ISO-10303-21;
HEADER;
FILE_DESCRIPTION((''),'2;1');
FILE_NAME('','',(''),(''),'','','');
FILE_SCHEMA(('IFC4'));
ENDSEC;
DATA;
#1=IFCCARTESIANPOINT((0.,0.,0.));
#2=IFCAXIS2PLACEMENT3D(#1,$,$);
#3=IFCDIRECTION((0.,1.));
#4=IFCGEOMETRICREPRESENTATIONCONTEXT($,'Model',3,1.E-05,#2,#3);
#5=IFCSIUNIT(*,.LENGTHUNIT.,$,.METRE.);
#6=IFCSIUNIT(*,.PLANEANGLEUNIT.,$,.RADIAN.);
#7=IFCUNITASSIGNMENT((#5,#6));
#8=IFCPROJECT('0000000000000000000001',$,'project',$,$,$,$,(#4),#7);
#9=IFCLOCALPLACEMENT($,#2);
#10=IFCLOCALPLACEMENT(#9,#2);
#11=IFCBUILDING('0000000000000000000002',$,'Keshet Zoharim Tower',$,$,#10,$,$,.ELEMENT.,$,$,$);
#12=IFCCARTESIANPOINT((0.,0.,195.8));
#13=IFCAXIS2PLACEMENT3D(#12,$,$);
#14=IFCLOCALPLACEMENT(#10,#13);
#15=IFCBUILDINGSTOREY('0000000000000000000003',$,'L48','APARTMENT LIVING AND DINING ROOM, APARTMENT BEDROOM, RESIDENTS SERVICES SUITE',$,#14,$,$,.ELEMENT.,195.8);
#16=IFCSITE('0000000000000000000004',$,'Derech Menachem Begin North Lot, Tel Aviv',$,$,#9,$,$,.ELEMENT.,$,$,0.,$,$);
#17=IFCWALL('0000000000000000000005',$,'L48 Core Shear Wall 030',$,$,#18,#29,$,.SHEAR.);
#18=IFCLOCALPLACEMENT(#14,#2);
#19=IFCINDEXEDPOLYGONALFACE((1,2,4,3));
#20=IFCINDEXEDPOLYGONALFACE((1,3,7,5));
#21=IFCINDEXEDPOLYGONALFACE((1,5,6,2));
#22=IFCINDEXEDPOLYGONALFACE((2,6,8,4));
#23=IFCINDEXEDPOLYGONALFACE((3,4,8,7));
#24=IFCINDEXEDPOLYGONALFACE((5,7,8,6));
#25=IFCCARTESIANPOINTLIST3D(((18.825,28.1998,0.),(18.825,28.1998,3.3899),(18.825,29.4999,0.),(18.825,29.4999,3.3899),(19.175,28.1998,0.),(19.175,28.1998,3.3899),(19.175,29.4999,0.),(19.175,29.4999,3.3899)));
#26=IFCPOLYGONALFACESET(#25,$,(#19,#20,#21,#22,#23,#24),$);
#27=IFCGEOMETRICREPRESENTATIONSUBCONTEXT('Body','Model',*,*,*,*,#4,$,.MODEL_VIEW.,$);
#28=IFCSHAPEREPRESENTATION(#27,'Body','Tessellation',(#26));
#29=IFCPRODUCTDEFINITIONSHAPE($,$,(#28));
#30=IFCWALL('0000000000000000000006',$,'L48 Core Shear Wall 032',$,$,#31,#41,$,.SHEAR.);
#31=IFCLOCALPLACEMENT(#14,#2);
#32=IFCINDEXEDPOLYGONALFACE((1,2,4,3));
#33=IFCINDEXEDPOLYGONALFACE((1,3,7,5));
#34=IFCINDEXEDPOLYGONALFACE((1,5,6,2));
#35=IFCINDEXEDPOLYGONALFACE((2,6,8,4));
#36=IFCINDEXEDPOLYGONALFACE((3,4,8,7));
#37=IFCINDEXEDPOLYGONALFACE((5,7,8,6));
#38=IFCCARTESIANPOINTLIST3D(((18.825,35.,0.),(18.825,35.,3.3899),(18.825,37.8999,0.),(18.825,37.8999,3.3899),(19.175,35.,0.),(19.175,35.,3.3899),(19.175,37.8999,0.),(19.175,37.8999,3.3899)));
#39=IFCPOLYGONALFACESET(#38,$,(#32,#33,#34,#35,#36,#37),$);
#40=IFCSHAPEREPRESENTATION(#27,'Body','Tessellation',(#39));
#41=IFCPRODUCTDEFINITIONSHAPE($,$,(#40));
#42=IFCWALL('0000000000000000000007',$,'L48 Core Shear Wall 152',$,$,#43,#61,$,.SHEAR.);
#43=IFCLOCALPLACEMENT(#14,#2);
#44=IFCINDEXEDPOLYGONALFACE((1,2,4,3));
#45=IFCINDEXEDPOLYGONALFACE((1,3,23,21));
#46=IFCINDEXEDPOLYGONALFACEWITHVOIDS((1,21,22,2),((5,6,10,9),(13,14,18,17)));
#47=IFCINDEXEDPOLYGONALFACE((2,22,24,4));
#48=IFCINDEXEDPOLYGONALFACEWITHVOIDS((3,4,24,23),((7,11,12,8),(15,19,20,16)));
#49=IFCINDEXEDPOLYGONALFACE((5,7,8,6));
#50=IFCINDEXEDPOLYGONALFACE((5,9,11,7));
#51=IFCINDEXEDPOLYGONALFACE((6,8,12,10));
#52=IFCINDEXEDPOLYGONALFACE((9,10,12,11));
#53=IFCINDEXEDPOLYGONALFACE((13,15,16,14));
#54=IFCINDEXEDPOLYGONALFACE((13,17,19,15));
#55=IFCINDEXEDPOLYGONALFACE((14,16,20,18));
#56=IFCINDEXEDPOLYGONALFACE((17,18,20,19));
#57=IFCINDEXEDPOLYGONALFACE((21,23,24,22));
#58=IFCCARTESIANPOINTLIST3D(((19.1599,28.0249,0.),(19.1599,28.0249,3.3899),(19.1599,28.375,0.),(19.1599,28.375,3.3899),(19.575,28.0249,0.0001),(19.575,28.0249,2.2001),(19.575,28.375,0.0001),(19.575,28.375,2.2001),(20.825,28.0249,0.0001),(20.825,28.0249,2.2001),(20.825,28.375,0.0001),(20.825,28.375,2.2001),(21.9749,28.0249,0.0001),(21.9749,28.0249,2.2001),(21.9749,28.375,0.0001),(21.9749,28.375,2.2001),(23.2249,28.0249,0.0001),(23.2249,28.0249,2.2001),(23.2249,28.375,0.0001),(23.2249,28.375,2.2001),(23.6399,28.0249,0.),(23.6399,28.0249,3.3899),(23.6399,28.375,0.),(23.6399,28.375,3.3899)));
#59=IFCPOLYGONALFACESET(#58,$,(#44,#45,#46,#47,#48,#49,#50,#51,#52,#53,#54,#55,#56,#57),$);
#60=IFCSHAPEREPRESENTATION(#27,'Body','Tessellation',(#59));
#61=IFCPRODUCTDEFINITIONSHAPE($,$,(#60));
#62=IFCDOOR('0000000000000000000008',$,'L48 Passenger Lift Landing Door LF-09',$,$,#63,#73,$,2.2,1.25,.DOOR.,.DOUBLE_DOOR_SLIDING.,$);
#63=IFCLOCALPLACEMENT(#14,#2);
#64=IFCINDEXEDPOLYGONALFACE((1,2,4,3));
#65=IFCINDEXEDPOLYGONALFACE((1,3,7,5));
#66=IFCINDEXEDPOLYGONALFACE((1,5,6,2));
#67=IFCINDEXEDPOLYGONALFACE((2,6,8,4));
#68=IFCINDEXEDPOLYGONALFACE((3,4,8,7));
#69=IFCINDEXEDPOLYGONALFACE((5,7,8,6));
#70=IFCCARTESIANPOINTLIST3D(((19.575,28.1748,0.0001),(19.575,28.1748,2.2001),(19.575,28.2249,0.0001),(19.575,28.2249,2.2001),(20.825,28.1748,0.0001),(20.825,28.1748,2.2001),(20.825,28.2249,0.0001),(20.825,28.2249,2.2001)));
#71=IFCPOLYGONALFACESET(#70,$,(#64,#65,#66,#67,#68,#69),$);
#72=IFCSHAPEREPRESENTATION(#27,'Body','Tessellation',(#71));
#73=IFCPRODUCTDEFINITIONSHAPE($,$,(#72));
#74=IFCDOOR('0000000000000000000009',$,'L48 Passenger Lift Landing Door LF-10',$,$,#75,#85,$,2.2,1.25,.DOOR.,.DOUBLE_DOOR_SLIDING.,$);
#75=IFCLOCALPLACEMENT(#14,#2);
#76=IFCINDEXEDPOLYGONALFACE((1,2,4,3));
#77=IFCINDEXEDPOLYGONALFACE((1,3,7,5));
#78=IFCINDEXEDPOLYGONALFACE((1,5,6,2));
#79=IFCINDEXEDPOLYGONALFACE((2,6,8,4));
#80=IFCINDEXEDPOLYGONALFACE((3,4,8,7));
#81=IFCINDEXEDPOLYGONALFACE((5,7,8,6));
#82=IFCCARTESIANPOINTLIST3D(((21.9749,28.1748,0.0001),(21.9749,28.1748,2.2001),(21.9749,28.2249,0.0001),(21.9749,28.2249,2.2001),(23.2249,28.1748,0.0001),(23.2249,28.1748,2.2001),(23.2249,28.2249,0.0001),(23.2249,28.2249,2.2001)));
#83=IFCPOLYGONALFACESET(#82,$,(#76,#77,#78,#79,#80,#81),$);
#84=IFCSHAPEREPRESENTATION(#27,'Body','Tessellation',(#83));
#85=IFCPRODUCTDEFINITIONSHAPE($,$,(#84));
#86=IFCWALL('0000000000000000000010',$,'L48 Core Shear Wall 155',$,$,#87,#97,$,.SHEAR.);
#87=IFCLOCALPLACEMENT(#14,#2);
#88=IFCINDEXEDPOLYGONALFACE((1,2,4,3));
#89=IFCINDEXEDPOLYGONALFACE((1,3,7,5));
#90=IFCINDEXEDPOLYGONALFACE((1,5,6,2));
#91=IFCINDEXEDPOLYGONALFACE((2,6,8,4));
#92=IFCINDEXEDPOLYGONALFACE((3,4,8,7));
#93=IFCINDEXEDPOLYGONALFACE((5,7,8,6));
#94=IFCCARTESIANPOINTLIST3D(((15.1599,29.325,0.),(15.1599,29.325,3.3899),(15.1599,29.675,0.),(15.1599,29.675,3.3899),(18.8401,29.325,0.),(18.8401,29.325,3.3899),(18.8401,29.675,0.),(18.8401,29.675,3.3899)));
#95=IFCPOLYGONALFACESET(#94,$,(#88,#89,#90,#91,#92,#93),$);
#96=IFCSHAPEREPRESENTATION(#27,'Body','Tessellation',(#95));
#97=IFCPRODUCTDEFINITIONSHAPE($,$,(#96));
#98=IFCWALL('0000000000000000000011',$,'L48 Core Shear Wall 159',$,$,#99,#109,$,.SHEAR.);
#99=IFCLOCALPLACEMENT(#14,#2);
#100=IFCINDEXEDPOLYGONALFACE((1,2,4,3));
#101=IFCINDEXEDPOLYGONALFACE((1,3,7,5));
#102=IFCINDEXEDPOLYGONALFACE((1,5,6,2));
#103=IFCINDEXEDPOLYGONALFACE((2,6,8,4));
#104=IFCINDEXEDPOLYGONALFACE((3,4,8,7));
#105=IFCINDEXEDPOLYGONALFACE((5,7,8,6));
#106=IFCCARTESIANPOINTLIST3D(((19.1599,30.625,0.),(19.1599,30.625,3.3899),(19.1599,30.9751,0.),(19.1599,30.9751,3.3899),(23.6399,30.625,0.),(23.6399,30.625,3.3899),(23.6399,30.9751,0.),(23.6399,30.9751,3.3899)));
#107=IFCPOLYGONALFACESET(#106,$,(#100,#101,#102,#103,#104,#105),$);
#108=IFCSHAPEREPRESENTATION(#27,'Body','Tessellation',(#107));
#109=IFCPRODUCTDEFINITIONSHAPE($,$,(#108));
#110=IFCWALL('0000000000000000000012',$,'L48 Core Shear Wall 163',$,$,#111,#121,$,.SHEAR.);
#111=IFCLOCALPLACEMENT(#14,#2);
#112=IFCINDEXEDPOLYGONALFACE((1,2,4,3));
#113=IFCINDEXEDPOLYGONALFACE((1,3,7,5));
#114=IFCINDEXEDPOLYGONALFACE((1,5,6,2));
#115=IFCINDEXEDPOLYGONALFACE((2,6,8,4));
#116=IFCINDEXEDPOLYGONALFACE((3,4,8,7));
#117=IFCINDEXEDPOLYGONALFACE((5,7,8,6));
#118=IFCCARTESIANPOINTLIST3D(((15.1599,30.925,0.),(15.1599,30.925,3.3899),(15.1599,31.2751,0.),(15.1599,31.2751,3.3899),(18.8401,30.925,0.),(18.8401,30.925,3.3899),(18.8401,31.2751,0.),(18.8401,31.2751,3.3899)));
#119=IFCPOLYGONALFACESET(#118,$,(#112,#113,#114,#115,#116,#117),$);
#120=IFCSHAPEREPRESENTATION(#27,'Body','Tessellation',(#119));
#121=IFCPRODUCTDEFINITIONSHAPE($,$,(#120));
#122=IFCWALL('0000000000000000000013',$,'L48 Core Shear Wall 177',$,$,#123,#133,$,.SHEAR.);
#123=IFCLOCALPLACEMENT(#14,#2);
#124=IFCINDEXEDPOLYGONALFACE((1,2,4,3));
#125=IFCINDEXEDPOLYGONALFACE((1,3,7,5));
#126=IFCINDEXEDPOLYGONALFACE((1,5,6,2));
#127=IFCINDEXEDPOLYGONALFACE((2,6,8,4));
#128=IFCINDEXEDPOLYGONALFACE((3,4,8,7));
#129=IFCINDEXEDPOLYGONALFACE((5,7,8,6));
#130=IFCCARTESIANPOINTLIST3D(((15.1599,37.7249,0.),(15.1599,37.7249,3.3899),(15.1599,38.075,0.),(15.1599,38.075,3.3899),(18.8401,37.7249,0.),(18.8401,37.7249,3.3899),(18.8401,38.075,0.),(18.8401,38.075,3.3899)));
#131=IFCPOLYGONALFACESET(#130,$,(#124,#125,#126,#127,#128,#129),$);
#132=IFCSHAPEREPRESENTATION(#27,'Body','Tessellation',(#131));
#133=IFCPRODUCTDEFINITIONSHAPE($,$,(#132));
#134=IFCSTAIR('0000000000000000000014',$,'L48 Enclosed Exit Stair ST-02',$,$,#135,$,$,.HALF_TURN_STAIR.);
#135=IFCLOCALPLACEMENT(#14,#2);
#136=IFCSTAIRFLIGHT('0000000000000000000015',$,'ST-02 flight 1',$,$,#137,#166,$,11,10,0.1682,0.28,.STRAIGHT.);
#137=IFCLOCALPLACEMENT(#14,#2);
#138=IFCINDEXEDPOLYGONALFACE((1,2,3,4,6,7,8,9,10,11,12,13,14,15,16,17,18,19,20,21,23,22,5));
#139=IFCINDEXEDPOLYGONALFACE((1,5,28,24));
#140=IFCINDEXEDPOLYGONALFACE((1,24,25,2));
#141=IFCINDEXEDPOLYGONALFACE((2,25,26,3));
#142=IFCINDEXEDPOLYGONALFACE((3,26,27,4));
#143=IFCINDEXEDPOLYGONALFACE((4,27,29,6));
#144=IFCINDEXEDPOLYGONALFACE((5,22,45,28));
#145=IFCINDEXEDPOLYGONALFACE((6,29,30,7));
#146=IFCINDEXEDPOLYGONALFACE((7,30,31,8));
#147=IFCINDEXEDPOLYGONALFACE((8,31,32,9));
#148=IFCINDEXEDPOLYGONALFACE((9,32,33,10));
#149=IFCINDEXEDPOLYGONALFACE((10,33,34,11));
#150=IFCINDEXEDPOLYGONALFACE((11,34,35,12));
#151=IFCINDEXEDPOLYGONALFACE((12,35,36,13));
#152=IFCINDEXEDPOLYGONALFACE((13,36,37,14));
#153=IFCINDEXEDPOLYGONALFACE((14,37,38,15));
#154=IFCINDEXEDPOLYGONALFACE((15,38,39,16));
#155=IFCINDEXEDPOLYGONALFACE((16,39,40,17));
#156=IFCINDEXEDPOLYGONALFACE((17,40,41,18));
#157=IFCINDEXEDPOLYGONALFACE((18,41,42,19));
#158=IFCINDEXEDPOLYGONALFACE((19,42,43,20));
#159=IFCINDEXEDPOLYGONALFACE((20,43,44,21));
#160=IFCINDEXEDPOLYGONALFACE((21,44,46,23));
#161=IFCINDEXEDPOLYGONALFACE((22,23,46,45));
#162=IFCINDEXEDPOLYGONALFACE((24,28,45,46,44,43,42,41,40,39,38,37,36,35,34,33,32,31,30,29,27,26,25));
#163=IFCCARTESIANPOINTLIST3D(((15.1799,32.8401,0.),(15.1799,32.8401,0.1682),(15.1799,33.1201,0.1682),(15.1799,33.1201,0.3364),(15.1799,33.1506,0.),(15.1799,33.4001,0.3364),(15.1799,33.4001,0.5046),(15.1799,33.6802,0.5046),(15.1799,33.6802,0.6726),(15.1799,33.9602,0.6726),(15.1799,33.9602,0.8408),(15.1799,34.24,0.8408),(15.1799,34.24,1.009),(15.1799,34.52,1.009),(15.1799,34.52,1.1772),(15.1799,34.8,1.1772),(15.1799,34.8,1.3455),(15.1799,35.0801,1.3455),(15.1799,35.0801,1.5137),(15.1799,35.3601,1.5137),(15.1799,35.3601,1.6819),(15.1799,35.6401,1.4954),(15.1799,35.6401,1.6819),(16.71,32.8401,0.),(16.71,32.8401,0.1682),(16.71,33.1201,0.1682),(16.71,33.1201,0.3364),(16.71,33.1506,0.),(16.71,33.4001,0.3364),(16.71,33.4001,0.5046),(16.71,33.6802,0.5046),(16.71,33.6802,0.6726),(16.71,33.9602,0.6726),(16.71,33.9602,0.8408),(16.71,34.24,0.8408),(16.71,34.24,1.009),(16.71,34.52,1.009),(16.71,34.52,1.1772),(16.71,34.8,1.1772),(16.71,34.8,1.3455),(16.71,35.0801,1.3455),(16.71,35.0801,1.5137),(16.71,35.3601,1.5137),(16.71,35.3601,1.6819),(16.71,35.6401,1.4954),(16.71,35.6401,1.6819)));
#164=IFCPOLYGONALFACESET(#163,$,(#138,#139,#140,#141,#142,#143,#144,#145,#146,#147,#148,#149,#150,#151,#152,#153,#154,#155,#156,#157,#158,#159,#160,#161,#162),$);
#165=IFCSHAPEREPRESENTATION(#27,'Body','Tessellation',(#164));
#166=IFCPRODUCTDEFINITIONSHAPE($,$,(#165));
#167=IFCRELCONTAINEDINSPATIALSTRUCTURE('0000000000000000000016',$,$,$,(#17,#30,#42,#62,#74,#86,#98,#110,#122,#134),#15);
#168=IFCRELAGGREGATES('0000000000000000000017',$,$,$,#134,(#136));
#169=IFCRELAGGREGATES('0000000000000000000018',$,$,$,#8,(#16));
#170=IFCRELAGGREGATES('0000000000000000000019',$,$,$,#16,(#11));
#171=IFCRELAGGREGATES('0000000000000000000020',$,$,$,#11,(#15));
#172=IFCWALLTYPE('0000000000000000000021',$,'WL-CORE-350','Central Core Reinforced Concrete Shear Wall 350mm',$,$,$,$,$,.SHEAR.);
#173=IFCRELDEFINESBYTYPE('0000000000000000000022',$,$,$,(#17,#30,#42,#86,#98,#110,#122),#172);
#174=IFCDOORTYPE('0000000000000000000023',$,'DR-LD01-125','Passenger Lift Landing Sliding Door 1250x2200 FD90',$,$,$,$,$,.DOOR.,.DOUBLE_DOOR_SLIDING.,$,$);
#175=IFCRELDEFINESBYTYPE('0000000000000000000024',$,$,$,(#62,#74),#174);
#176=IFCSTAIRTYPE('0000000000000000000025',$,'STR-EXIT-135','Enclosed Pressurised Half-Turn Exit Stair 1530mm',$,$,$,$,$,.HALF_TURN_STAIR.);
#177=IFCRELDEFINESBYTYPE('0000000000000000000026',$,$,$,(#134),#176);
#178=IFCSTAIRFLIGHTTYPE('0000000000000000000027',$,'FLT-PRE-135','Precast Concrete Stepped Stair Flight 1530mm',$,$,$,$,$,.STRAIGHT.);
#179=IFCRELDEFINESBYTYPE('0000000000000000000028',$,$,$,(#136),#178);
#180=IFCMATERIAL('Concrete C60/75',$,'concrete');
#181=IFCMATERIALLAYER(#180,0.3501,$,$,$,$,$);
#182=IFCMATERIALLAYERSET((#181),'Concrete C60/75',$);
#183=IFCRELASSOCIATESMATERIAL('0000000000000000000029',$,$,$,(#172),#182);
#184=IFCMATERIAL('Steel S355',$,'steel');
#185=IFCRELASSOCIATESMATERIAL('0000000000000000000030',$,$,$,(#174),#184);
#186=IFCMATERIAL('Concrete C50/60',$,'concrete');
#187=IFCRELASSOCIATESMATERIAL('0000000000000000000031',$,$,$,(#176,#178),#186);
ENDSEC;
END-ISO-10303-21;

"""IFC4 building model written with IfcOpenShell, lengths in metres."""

from ifc_helpers import new_model, si_unit, direction, frame, frame_2d, origin, place, context, subcontext, project, spatial, polyline, rectangle, outline, extrude, material, layer, layer_set, type_object, element, fill, aggregate, save


model = new_model("IFC4")

# Units and contexts
model_context = context("Model", 3, precision=1e-05, world=origin(), true_north=direction((0.0, 1.0)))
body_context = subcontext(model_context, "Body", "Model", "MODEL_VIEW")
ifc_project = project(units=[si_unit("LENGTHUNIT", "METRE"), si_unit("PLANEANGLEUNIT", "RADIAN")], contexts=[model_context])

# Site, building, storey
site_placement = place(None, origin())
site = spatial("IfcSite", under=ifc_project, at=site_placement, Name="Derech Menachem Begin North Lot, Tel Aviv", CompositionType="ELEMENT", RefElevation=0.0)
building_placement = place(site_placement, origin())
building = spatial("IfcBuilding", under=site, at=building_placement, Name="Keshet Zoharim Tower", CompositionType="ELEMENT")
storey_placement = place(building_placement, frame((0.0, 0.0, 195.8)))
storey = spatial("IfcBuildingStorey", under=building, at=storey_placement, Name="L48", Description="APARTMENT LIVING AND DINING ROOM, APARTMENT BEDROOM, RESIDENTS SERVICES SUITE", CompositionType="ELEMENT", Elevation=195.8)

# Wall
ifc_material_1 = material(Name="Concrete C60/75", Category="concrete")
ifc_layer_1 = layer(ifc_material_1, 0.3501)
ifc_layer_set_1 = layer_set([ifc_layer_1], Name="Concrete C60/75")
wall_type = type_object("IfcWallType", Name="WL-CORE-350", Description="Central Core Reinforced Concrete Shear Wall 350mm", PredefinedType="SHEAR", material=ifc_layer_set_1)
wall_1_placement = place(storey_placement, frame((19.0, 28.2, 0.0), z_axis=(0.0, 0.0, 1.0), x_axis=(0.0, 1.0, 0.0)))
element("IfcWall", 1, at=wall_1_placement, inside=storey, type_object=wall_type, Name="L48 Core Shear Wall 030", PredefinedType="SHEAR", context=body_context, shape_type="SweptSolid", body=[
    extrude(rectangle(XDim=1.3, YDim=0.3501, at=frame_2d((0.6499, 0.0))), origin(), (0.0, 0.0, 1.0), 3.3899),
])

# Wall
wall_2_placement = place(storey_placement, frame((19.0, 35.0, 0.0), z_axis=(0.0, 0.0, 1.0), x_axis=(0.0, 1.0, 0.0)))
element("IfcWall", 2, at=wall_2_placement, inside=storey, type_object=wall_type, Name="L48 Core Shear Wall 032", PredefinedType="SHEAR", context=body_context, shape_type="SweptSolid", body=[
    extrude(rectangle(XDim=2.8999, YDim=0.3501, at=frame_2d((1.45, 0.0))), origin(), (0.0, 0.0, 1.0), 3.3899),
])

# Wall, openings, doors
wall_3_placement = place(storey_placement, frame((19.1599, 28.2, 0.0), z_axis=(0.0, 0.0, 1.0), x_axis=(1.0, 0.0, 0.0)))
wall_3 = element("IfcWall", 3, at=wall_3_placement, inside=storey, type_object=wall_type, Name="L48 Core Shear Wall 152", PredefinedType="SHEAR", context=body_context, shape_type="SweptSolid", body=[
    extrude(rectangle(XDim=4.48, YDim=0.3501, at=frame_2d((2.24, 0.0))), origin(), (0.0, 0.0, 1.0), 3.3899),
])
opening_1_placement = place(wall_3_placement, frame((0.415, 0.0, 0.0)))
opening_1 = element("IfcOpeningElement", 4, at=opening_1_placement, cuts=wall_3, PredefinedType="OPENING", context=body_context, shape_type="SweptSolid", body=[
    extrude(rectangle(XDim=1.25, YDim=2.2, at=frame_2d((0.625, 1.1001))), frame((0.0, 0.1851, 0.0), z_axis=(0.0, -1.0, 0.0), x_axis=(1.0, 0.0, 0.0)), (0.0, 0.0, 1.0), 0.3701),
])
opening_2_placement = place(wall_3_placement, frame((2.8149, 0.0, 0.0)))
opening_2 = element("IfcOpeningElement", 5, at=opening_2_placement, cuts=wall_3, PredefinedType="OPENING", context=body_context, shape_type="SweptSolid", body=[
    extrude(rectangle(XDim=1.25, YDim=2.2, at=frame_2d((0.625, 1.1001))), frame((0.0, 0.1851, 0.0), z_axis=(0.0, -1.0, 0.0), x_axis=(1.0, 0.0, 0.0)), (0.0, 0.0, 1.0), 0.3701),
])
ifc_material_2 = material(Name="Steel S355", Category="steel")
door_type_1 = type_object("IfcDoorType", Name="DR-LD01-125", Description="Passenger Lift Landing Sliding Door 1250x2200 FD90", OperationType="DOUBLE_DOOR_SLIDING", PredefinedType="DOOR", material=ifc_material_2)
door_1_placement = place(opening_1_placement, origin())
door_1 = element("IfcDoor", 6, at=door_1_placement, inside=storey, type_object=door_type_1, Name="L48 Passenger Lift Landing Door LF-09", OperationType="DOUBLE_DOOR_SLIDING", OverallHeight=2.2, OverallWidth=1.25, PredefinedType="DOOR", context=body_context, shape_type="SweptSolid", body=[
    extrude(rectangle(XDim=1.25, YDim=2.2, at=frame_2d((0.625, 1.1001))), frame((0.0, 0.0249, 0.0), z_axis=(0.0, -1.0, 0.0), x_axis=(1.0, 0.0, 0.0)), (0.0, 0.0, 1.0), 0.05),
])
fill(opening_1, door_1)
door_2_placement = place(opening_2_placement, origin())
door_2 = element("IfcDoor", 7, at=door_2_placement, inside=storey, type_object=door_type_1, Name="L48 Passenger Lift Landing Door LF-10", OperationType="DOUBLE_DOOR_SLIDING", OverallHeight=2.2, OverallWidth=1.25, PredefinedType="DOOR", context=body_context, shape_type="SweptSolid", body=[
    extrude(rectangle(XDim=1.25, YDim=2.2, at=frame_2d((0.625, 1.1001))), frame((0.0, 0.0249, 0.0), z_axis=(0.0, -1.0, 0.0), x_axis=(1.0, 0.0, 0.0)), (0.0, 0.0, 1.0), 0.05),
])
fill(opening_2, door_2)

# Walls
wall_4_placement = place(storey_placement, frame((15.1599, 29.5, 0.0), z_axis=(0.0, 0.0, 1.0), x_axis=(1.0, 0.0, 0.0)))
element("IfcWall", 8, at=wall_4_placement, inside=storey, type_object=wall_type, Name="L48 Core Shear Wall 155", PredefinedType="SHEAR", context=body_context, shape_type="SweptSolid", body=[
    extrude(rectangle(XDim=3.6802, YDim=0.3501, at=frame_2d((1.8401, 0.0))), origin(), (0.0, 0.0, 1.0), 3.3899),
])
wall_5_placement = place(storey_placement, frame((19.1599, 30.8, 0.0), z_axis=(0.0, 0.0, 1.0), x_axis=(1.0, 0.0, 0.0)))
element("IfcWall", 9, at=wall_5_placement, inside=storey, type_object=wall_type, Name="L48 Core Shear Wall 159", PredefinedType="SHEAR", context=body_context, shape_type="SweptSolid", body=[
    extrude(rectangle(XDim=4.48, YDim=0.3501, at=frame_2d((2.24, 0.0))), origin(), (0.0, 0.0, 1.0), 3.3899),
])
for number, where, z_axis, x_axis, name in (
    (10, (15.1599, 31.1001, 0.0), (0.0, 0.0, 1.0), (1.0, 0.0, 0.0), "L48 Core Shear Wall 163"),
    (11, (15.1599, 37.8999, 0.0), (0.0, 0.0, 1.0), (1.0, 0.0, 0.0), "L48 Core Shear Wall 177"),
):
    element("IfcWall", number, at=place(storey_placement, frame(where, z_axis=z_axis, x_axis=x_axis)), inside=storey, type_object=wall_type, Name=name, PredefinedType="SHEAR", context=body_context, shape_type="SweptSolid", body=[
        extrude(rectangle(XDim=3.6802, YDim=0.3501, at=frame_2d((1.8401, 0.0))), origin(), (0.0, 0.0, 1.0), 3.3899),
    ])

# Stair, stair flight
ifc_material_3 = material(Name="Concrete C50/60", Category="concrete")
stair_type = type_object("IfcStairType", Name="STR-EXIT-135", Description="Enclosed Pressurised Half-Turn Exit Stair 1530mm", PredefinedType="HALF_TURN_STAIR", material=ifc_material_3)
stair_placement = place(storey_placement, origin())
stair = element("IfcStair", 12, at=stair_placement, inside=storey, type_object=stair_type, Name="L48 Enclosed Exit Stair ST-02", PredefinedType="HALF_TURN_STAIR")
stair_flight_type = type_object("IfcStairFlightType", Name="FLT-PRE-135", Description="Precast Concrete Stepped Stair Flight 1530mm", PredefinedType="STRAIGHT", material=ifc_material_3)
stair_flight_1_placement = place(storey_placement, frame((15.9451, 32.8401, 0.0), z_axis=(0.0, 0.0, 1.0), x_axis=(0.0, 1.0, 0.0)))
stair_flight_1 = element("IfcStairFlight", 13, at=stair_flight_1_placement, type_object=stair_flight_type, Name="ST-02 flight 1", NumberOfRisers=11, NumberOfTreads=10, PredefinedType="STRAIGHT", RiserHeight=0.1682, TreadLength=0.28, context=body_context, shape_type="SweptSolid", body=[
    extrude(outline(polyline([(0.0, 0.0), (0.0, 0.1682), (0.28, 0.1682), (0.28, 0.3364), (0.5601, 0.3364), (0.5601, 0.5046), (0.8401, 0.5046), (0.8401, 0.6726), (1.1201, 0.6726), (1.1201, 0.8408), (1.3999, 0.8408), (1.3999, 1.009), (1.6799, 1.009), (1.6799, 1.1772), (1.96, 1.1772), (1.96, 1.3455), (2.24, 1.3455), (2.24, 1.5137), (2.52, 1.5137), (2.52, 1.6819), (2.8, 1.6819), (2.8, 1.8501), (2.8, 1.4954), (0.3105, 0.0), (0.0, 0.0)])), frame((0.0, 0.7651, 0.0), z_axis=(0.0, -1.0, 0.0), x_axis=(1.0, 0.0, 0.0)), (0.0, 0.0, 1.0), 1.53),
])
aggregate(stair, [stair_flight_1])

save(model, "model.ifc")
